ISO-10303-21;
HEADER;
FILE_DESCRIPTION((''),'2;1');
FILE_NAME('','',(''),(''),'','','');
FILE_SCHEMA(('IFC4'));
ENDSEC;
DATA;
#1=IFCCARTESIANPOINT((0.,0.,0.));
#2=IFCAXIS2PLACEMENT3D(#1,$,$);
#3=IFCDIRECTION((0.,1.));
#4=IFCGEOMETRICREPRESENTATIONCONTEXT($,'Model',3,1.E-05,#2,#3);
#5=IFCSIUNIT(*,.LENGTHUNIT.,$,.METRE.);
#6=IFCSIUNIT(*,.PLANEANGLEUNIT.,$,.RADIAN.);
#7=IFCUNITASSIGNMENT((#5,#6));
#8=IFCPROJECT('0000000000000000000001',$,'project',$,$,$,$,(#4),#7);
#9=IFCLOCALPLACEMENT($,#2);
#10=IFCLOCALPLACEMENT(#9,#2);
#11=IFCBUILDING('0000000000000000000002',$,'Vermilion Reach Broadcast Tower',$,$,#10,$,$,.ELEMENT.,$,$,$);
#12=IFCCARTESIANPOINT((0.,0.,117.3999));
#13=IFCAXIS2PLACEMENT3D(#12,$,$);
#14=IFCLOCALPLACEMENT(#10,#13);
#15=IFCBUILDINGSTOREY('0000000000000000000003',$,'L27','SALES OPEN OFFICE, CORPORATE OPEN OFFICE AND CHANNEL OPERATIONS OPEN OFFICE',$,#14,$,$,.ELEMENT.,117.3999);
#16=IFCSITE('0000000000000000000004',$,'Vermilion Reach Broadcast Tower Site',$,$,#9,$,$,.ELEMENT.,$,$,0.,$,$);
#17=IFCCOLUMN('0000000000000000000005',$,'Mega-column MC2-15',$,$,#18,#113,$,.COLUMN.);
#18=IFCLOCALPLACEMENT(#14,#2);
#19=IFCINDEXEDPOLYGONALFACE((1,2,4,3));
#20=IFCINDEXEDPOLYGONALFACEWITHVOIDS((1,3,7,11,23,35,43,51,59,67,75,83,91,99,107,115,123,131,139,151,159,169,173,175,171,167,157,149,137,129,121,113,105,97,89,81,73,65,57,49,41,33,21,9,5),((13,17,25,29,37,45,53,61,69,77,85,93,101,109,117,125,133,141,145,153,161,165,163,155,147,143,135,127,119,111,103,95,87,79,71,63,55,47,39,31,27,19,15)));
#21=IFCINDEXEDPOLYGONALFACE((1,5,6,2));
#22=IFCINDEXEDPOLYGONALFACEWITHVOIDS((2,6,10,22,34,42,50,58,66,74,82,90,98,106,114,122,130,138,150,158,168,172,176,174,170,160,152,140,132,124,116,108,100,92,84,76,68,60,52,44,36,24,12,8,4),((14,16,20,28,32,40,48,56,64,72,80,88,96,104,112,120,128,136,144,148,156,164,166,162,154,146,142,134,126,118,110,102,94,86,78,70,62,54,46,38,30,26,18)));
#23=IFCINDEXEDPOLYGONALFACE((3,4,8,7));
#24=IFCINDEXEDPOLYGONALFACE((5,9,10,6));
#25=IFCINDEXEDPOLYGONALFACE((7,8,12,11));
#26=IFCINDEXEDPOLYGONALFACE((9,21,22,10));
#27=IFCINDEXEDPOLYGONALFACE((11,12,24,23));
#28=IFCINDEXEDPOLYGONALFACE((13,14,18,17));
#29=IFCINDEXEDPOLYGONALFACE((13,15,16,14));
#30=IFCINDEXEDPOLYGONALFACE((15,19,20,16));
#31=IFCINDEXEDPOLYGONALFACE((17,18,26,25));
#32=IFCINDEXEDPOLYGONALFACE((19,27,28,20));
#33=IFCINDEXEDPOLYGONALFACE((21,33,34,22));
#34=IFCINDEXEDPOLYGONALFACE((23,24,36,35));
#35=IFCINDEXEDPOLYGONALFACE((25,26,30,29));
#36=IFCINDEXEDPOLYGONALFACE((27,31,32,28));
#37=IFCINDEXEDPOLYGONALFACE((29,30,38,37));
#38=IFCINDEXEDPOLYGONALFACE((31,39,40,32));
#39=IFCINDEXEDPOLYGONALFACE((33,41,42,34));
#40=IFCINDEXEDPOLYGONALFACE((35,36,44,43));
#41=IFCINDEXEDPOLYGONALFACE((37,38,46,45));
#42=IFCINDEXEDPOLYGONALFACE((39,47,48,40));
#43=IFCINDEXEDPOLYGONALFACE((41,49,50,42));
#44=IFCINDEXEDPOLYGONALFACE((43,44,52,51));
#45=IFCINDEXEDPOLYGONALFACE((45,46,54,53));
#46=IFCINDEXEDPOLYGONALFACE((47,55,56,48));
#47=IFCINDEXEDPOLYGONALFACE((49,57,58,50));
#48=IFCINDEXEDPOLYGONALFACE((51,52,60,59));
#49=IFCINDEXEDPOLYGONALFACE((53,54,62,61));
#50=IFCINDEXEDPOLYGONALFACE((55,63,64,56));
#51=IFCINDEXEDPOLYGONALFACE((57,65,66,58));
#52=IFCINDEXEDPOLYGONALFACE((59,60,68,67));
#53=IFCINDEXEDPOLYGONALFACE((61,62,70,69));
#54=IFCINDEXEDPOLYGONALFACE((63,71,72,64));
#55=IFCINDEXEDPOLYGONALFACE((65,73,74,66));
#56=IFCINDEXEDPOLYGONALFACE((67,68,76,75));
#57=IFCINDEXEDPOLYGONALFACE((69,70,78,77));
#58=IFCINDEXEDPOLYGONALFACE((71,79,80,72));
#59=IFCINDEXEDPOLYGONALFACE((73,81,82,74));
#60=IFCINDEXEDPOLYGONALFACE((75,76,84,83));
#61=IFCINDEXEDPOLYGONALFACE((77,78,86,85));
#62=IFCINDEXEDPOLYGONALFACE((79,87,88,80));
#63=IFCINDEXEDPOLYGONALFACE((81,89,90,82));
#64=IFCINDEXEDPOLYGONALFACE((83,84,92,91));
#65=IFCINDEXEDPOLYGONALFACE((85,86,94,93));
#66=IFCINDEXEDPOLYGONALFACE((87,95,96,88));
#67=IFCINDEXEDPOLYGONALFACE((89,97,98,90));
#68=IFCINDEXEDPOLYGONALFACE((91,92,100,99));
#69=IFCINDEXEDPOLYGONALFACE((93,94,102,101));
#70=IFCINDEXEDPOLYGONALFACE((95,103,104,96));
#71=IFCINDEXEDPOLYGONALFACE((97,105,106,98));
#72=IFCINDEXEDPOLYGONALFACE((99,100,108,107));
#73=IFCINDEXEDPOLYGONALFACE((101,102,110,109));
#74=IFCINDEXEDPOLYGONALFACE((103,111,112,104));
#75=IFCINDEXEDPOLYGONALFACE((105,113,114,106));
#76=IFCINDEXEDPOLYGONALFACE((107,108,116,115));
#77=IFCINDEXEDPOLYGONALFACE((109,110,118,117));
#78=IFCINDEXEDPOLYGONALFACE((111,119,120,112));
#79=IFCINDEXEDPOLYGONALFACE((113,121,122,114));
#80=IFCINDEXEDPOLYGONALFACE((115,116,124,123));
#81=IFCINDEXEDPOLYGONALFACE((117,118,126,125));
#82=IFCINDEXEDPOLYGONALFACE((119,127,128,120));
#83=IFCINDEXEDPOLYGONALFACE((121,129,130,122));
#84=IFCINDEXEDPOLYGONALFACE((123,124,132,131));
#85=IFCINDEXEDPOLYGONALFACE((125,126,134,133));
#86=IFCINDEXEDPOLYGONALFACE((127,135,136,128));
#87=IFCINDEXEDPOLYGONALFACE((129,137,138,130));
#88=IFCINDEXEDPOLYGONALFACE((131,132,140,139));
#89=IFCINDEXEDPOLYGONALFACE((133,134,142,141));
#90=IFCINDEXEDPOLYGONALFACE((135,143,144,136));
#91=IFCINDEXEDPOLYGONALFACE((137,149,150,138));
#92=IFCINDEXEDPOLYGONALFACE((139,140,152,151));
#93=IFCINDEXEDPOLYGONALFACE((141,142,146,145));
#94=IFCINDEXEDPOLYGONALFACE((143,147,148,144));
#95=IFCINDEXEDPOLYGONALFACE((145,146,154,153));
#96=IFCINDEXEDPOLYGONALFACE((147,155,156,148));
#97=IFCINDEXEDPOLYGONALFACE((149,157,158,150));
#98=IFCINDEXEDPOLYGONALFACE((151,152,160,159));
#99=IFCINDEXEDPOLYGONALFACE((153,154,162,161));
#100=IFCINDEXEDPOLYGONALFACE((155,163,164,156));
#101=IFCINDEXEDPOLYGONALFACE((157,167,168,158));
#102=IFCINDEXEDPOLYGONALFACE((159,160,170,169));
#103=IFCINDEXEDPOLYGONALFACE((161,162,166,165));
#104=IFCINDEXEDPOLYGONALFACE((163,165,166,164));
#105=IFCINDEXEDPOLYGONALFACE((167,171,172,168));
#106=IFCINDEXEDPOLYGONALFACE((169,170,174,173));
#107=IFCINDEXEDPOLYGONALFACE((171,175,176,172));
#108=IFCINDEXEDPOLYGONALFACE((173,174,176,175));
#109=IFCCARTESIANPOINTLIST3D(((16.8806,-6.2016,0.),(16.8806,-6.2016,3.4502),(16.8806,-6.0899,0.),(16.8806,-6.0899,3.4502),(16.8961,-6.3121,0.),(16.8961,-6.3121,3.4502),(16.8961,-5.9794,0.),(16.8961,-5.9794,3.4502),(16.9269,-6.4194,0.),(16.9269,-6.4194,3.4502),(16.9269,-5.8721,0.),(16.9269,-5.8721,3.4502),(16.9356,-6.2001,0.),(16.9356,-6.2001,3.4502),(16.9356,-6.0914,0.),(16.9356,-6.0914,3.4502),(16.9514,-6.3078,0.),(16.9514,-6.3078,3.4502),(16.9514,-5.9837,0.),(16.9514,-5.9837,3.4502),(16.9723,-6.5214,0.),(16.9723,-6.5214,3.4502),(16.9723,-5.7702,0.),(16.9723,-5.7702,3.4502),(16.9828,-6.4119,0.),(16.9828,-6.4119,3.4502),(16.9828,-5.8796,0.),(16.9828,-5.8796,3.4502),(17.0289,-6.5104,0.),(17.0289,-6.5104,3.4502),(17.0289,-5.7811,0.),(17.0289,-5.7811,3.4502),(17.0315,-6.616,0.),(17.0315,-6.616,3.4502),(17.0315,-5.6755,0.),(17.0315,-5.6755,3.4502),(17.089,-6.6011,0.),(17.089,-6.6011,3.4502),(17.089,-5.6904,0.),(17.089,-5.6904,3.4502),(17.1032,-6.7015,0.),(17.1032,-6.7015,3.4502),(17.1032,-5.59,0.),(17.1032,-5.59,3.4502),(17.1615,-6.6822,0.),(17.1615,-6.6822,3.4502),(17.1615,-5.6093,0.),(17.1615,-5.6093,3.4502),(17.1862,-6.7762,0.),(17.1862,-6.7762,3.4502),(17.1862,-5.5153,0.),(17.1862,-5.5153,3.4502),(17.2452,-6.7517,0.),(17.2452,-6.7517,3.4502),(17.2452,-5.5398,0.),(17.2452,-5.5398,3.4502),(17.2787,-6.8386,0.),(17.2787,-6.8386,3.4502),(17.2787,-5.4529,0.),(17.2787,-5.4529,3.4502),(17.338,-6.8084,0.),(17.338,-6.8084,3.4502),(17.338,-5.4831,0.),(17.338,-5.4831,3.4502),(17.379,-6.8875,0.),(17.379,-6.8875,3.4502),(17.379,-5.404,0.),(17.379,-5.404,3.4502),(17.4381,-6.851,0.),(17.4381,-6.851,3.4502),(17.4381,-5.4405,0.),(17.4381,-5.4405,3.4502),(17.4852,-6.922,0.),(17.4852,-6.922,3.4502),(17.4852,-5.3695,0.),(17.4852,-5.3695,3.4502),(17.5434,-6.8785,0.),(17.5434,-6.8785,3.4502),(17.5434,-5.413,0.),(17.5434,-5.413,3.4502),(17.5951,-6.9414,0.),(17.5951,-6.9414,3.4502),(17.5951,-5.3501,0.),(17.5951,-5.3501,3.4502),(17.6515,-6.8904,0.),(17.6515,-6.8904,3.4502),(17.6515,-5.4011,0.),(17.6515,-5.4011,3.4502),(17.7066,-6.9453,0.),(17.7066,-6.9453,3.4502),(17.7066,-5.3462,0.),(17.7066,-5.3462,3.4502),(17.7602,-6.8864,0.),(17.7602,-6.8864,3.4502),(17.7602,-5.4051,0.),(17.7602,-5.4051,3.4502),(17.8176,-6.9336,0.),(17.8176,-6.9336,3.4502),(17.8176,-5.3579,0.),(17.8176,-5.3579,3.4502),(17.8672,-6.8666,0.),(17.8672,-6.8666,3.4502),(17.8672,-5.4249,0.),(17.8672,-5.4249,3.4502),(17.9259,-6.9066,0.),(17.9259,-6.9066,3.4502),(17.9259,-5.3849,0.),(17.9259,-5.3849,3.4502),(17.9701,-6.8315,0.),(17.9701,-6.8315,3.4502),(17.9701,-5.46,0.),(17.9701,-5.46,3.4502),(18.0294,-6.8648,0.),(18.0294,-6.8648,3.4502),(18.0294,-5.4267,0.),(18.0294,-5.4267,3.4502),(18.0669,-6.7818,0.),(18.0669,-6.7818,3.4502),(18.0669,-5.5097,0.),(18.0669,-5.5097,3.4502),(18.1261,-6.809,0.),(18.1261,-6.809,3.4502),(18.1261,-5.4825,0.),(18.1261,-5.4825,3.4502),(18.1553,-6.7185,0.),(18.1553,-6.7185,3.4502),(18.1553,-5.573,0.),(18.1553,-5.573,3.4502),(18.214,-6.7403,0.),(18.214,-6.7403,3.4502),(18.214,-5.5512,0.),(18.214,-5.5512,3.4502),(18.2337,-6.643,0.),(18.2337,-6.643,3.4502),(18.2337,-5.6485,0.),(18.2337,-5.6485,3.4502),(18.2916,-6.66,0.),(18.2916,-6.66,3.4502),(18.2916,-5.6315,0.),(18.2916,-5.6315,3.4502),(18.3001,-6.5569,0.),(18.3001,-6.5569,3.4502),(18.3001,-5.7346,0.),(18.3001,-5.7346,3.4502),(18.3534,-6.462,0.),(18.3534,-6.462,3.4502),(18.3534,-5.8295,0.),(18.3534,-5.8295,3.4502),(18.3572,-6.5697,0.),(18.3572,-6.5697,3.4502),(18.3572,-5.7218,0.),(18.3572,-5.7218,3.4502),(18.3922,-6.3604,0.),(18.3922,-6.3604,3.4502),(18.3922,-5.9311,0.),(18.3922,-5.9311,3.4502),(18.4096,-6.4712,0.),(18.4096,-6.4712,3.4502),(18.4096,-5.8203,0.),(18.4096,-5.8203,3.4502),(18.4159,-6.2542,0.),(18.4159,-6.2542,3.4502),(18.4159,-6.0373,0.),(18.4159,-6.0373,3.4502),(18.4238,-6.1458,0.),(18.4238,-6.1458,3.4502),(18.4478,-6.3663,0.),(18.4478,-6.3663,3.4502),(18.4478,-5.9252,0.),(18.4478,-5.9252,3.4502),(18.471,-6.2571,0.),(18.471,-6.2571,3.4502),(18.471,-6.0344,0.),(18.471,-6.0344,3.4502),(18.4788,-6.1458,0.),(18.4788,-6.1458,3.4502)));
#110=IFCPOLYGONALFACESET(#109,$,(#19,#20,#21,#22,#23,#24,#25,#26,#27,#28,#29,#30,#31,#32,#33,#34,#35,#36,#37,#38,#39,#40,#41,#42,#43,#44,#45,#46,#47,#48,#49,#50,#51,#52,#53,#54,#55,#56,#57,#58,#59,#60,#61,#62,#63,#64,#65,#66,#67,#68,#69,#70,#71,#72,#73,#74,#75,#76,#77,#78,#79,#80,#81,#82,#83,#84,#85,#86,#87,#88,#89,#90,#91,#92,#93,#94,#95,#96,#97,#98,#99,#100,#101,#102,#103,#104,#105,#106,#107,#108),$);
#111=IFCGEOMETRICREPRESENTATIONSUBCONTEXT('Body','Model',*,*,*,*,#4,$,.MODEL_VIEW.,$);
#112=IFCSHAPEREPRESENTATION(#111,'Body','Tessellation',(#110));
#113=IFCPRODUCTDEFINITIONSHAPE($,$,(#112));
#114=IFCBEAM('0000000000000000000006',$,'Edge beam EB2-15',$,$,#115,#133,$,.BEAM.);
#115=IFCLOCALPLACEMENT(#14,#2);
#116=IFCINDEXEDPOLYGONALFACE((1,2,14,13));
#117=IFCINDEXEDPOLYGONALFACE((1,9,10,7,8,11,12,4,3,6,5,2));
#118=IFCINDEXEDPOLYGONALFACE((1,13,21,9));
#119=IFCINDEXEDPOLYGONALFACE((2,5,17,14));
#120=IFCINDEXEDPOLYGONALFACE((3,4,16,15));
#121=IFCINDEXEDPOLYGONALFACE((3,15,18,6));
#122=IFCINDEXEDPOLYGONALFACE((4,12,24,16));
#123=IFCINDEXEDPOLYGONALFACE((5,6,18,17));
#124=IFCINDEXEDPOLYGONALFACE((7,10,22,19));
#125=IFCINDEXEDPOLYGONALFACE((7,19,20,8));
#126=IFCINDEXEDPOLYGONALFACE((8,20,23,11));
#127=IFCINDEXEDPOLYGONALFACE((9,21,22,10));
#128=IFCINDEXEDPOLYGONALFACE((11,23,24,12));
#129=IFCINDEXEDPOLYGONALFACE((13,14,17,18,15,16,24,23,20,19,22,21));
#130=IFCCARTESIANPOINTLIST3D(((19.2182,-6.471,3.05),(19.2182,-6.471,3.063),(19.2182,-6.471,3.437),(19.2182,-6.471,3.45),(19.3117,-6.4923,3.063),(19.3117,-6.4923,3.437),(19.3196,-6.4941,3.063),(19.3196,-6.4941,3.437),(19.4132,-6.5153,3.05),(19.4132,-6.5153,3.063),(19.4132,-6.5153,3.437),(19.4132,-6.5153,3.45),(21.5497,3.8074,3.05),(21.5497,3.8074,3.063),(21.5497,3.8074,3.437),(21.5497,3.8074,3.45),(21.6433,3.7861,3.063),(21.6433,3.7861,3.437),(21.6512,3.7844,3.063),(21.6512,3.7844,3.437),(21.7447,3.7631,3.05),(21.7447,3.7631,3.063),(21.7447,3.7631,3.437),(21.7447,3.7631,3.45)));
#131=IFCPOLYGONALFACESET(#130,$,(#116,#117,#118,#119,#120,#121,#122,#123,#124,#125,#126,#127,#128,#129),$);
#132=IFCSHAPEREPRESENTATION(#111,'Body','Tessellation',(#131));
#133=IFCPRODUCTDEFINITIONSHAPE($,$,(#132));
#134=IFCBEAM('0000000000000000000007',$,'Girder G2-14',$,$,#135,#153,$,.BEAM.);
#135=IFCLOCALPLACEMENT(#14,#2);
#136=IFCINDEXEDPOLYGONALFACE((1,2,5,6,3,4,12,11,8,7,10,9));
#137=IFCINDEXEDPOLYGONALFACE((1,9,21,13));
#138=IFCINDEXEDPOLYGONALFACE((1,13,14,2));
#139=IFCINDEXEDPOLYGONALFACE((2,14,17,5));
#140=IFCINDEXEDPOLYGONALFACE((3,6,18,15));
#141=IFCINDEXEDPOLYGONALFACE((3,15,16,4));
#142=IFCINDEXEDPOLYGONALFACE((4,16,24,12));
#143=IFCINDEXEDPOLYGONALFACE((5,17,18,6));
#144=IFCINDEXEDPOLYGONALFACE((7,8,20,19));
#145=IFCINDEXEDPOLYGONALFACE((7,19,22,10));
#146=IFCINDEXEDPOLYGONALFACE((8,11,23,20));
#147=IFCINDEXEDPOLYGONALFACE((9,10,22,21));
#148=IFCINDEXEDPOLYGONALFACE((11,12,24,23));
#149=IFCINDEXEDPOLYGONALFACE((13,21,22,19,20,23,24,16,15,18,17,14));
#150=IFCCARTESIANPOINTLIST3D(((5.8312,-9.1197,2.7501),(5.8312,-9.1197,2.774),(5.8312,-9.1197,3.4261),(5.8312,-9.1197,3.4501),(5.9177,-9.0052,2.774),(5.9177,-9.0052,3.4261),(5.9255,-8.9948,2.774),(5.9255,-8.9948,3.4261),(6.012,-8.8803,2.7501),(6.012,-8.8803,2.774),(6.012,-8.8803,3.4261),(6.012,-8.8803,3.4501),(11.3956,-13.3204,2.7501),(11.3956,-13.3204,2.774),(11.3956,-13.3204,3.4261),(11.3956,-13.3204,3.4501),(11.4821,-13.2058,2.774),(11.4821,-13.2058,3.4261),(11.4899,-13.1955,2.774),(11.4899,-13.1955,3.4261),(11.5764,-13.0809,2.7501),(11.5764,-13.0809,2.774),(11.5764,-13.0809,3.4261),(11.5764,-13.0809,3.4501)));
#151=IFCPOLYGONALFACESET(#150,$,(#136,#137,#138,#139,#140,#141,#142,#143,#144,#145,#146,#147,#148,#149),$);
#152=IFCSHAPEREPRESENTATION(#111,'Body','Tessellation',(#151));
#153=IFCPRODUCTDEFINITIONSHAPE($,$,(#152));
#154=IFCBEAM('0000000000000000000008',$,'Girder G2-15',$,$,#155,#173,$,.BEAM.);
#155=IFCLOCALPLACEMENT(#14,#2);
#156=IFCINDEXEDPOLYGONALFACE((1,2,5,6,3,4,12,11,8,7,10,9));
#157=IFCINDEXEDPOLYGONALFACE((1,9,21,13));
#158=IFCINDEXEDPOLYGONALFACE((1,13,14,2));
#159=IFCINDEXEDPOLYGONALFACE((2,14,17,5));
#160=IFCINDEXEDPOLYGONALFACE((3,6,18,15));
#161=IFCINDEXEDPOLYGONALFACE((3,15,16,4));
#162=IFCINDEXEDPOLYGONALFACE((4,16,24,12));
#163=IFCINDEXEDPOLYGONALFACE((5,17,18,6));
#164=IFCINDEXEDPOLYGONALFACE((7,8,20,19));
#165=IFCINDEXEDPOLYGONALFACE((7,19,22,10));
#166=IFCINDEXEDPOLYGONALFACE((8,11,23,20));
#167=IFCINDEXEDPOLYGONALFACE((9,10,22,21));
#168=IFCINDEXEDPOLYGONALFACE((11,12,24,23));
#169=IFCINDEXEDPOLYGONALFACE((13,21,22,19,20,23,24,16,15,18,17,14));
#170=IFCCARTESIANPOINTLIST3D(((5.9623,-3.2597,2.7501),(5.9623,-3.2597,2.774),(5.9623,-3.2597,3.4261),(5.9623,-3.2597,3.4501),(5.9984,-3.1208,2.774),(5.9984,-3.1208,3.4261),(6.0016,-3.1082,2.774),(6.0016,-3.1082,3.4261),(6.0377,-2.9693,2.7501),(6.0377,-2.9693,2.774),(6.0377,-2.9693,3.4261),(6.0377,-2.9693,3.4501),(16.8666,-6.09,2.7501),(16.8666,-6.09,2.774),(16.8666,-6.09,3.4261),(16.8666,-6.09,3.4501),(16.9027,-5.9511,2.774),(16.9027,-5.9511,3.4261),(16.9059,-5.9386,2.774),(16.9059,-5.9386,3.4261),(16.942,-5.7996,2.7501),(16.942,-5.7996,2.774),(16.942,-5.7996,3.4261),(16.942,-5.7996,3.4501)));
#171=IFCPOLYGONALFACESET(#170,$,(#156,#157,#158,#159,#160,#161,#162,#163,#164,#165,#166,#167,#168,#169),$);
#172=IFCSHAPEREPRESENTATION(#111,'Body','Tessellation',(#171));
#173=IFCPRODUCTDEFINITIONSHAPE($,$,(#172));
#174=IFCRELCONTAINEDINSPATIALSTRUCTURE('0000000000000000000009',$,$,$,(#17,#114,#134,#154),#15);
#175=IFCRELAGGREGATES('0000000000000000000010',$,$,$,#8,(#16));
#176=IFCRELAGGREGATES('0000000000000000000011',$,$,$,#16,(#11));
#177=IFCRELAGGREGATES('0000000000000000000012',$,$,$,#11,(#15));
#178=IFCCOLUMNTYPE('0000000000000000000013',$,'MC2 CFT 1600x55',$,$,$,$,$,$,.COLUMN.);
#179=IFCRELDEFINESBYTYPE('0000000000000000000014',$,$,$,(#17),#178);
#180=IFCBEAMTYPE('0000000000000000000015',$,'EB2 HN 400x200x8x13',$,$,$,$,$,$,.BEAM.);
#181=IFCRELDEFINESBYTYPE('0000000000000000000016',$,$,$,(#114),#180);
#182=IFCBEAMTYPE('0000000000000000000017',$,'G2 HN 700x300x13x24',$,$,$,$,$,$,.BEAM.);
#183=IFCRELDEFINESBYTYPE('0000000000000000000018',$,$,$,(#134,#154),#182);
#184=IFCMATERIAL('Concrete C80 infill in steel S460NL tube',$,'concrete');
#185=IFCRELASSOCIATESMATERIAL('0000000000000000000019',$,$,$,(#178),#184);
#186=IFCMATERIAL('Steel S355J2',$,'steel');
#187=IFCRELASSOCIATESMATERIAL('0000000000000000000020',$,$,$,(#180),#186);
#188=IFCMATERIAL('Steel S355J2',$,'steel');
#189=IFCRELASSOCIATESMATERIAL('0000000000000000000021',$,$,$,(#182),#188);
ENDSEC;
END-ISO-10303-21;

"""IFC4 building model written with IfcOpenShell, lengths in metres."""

from ifc_helpers import new_model, si_unit, direction, frame, origin, origin_2d, place, context, subcontext, project, spatial, hollow_circle, i_section, extrude, material, material_profile, profile_set, type_object, element, save


model = new_model("IFC4")

# Units and contexts
model_context = context("Model", 3, precision=1e-05, world=origin(), true_north=direction((0.0, 1.0)))
body_context = subcontext(model_context, "Body", "Model", "MODEL_VIEW")
ifc_project = project(units=[si_unit("LENGTHUNIT", "METRE"), si_unit("PLANEANGLEUNIT", "RADIAN")], contexts=[model_context])

# Site, building, storey
site_placement = place(None, origin())
site = spatial("IfcSite", under=ifc_project, at=site_placement, Name="Vermilion Reach Broadcast Tower Site", CompositionType="ELEMENT", RefElevation=0.0)
building_placement = place(site_placement, origin())
building = spatial("IfcBuilding", under=site, at=building_placement, Name="Vermilion Reach Broadcast Tower", CompositionType="ELEMENT")
storey_placement = place(building_placement, frame((0.0, 0.0, 117.3999)))
storey = spatial("IfcBuildingStorey", under=building, at=storey_placement, Name="L27", Description="SALES OPEN OFFICE, CORPORATE OPEN OFFICE AND CHANNEL OPERATIONS OPEN OFFICE", CompositionType="ELEMENT", Elevation=117.3999)

# Column
ifc_material_1 = material(Name="Concrete C80 infill in steel S460NL tube", Category="concrete")
ifc_material_profile_1 = material_profile(ifc_material_1, hollow_circle(Radius=0.8, WallThickness=0.0549, at=origin_2d()), Name="Concrete C80 infill in steel S460NL tube CFT 1600x55")
ifc_profile_set_1 = profile_set([ifc_material_profile_1], Name="Concrete C80 infill in steel S460NL tube")
column_type = type_object("IfcColumnType", Name="MC2 CFT 1600x55", PredefinedType="COLUMN", material=ifc_profile_set_1)
column_placement = place(storey_placement, frame((17.6787, -6.1458, 0.0), z_axis=(0.0, 0.0, 1.0), x_axis=(1.0, 0.0, 0.0)))
element("IfcColumn", 1, at=column_placement, inside=storey, type_object=column_type, Name="Mega-column MC2-15", PredefinedType="COLUMN", context=body_context, shape_type="SweptSolid", body=[
    extrude(hollow_circle(Radius=0.8, WallThickness=0.0549, at=origin_2d()), origin(), (0.0, 0.0, 1.0), 3.4502),
])

# Beams
ifc_material_2 = material(Name="Steel S355J2", Category="steel")
ifc_material_profile_2 = material_profile(ifc_material_2, i_section(OverallWidth=0.2, OverallDepth=0.3999, WebThickness=0.0081, FlangeThickness=0.0129, at=origin_2d()), Name="S355J2 HN 400x200x8x13")
ifc_profile_set_2 = profile_set([ifc_material_profile_2], Name="Steel S355J2")
beam_type_1 = type_object("IfcBeamType", Name="EB2 HN 400x200x8x13", PredefinedType="BEAM", material=ifc_profile_set_2)
beam_1_placement = place(storey_placement, frame((19.3157, -6.4932, 3.25), z_axis=(0.221221, 0.975224, 0.0), x_axis=(-0.975224, 0.221221, 0.0)))
element("IfcBeam", 2, at=beam_1_placement, inside=storey, type_object=beam_type_1, Name="Edge beam EB2-15", PredefinedType="BEAM", context=body_context, shape_type="SweptSolid", body=[
    extrude(i_section(OverallWidth=0.2, OverallDepth=0.3999, WebThickness=0.0081, FlangeThickness=0.0129, at=origin_2d()), origin(), (0.0, 0.0, 1.0), 10.5396),
])
ifc_material_3 = material(Name="Steel S355J2", Category="steel")
ifc_material_profile_3 = material_profile(ifc_material_3, i_section(OverallWidth=0.3, OverallDepth=0.7, WebThickness=0.0129, FlangeThickness=0.0239, at=origin_2d()), Name="S355J2 HN 700x300x13x24")
ifc_profile_set_3 = profile_set([ifc_material_profile_3], Name="Steel S355J2")
beam_type_2 = type_object("IfcBeamType", Name="G2 HN 700x300x13x24", PredefinedType="BEAM", material=ifc_profile_set_3)
beam_2_placement = place(storey_placement, frame((5.9216, -9.0, 3.1001), z_axis=(0.798114, -0.602507, 0.0), x_axis=(0.602507, 0.798114, 0.0)))
element("IfcBeam", 3, at=beam_2_placement, inside=storey, type_object=beam_type_2, Name="Girder G2-14", PredefinedType="BEAM", context=body_context, shape_type="SweptSolid", body=[
    extrude(i_section(OverallWidth=0.3, OverallDepth=0.7, WebThickness=0.0129, FlangeThickness=0.0239, at=origin_2d()), origin(), (0.0, 0.0, 1.0), 6.9719),
])
beam_3_placement = place(storey_placement, frame((6.0, -3.1145, 3.1001), z_axis=(0.967926, -0.251235, 0.0), x_axis=(0.251235, 0.967926, 0.0)))
element("IfcBeam", 4, at=beam_3_placement, inside=storey, type_object=beam_type_2, Name="Girder G2-15", PredefinedType="BEAM", context=body_context, shape_type="SweptSolid", body=[
    extrude(i_section(OverallWidth=0.3, OverallDepth=0.7, WebThickness=0.0129, FlangeThickness=0.0239, at=origin_2d()), origin(), (0.0, 0.0, 1.0), 11.2656),
])

save(model, "model.ifc")
